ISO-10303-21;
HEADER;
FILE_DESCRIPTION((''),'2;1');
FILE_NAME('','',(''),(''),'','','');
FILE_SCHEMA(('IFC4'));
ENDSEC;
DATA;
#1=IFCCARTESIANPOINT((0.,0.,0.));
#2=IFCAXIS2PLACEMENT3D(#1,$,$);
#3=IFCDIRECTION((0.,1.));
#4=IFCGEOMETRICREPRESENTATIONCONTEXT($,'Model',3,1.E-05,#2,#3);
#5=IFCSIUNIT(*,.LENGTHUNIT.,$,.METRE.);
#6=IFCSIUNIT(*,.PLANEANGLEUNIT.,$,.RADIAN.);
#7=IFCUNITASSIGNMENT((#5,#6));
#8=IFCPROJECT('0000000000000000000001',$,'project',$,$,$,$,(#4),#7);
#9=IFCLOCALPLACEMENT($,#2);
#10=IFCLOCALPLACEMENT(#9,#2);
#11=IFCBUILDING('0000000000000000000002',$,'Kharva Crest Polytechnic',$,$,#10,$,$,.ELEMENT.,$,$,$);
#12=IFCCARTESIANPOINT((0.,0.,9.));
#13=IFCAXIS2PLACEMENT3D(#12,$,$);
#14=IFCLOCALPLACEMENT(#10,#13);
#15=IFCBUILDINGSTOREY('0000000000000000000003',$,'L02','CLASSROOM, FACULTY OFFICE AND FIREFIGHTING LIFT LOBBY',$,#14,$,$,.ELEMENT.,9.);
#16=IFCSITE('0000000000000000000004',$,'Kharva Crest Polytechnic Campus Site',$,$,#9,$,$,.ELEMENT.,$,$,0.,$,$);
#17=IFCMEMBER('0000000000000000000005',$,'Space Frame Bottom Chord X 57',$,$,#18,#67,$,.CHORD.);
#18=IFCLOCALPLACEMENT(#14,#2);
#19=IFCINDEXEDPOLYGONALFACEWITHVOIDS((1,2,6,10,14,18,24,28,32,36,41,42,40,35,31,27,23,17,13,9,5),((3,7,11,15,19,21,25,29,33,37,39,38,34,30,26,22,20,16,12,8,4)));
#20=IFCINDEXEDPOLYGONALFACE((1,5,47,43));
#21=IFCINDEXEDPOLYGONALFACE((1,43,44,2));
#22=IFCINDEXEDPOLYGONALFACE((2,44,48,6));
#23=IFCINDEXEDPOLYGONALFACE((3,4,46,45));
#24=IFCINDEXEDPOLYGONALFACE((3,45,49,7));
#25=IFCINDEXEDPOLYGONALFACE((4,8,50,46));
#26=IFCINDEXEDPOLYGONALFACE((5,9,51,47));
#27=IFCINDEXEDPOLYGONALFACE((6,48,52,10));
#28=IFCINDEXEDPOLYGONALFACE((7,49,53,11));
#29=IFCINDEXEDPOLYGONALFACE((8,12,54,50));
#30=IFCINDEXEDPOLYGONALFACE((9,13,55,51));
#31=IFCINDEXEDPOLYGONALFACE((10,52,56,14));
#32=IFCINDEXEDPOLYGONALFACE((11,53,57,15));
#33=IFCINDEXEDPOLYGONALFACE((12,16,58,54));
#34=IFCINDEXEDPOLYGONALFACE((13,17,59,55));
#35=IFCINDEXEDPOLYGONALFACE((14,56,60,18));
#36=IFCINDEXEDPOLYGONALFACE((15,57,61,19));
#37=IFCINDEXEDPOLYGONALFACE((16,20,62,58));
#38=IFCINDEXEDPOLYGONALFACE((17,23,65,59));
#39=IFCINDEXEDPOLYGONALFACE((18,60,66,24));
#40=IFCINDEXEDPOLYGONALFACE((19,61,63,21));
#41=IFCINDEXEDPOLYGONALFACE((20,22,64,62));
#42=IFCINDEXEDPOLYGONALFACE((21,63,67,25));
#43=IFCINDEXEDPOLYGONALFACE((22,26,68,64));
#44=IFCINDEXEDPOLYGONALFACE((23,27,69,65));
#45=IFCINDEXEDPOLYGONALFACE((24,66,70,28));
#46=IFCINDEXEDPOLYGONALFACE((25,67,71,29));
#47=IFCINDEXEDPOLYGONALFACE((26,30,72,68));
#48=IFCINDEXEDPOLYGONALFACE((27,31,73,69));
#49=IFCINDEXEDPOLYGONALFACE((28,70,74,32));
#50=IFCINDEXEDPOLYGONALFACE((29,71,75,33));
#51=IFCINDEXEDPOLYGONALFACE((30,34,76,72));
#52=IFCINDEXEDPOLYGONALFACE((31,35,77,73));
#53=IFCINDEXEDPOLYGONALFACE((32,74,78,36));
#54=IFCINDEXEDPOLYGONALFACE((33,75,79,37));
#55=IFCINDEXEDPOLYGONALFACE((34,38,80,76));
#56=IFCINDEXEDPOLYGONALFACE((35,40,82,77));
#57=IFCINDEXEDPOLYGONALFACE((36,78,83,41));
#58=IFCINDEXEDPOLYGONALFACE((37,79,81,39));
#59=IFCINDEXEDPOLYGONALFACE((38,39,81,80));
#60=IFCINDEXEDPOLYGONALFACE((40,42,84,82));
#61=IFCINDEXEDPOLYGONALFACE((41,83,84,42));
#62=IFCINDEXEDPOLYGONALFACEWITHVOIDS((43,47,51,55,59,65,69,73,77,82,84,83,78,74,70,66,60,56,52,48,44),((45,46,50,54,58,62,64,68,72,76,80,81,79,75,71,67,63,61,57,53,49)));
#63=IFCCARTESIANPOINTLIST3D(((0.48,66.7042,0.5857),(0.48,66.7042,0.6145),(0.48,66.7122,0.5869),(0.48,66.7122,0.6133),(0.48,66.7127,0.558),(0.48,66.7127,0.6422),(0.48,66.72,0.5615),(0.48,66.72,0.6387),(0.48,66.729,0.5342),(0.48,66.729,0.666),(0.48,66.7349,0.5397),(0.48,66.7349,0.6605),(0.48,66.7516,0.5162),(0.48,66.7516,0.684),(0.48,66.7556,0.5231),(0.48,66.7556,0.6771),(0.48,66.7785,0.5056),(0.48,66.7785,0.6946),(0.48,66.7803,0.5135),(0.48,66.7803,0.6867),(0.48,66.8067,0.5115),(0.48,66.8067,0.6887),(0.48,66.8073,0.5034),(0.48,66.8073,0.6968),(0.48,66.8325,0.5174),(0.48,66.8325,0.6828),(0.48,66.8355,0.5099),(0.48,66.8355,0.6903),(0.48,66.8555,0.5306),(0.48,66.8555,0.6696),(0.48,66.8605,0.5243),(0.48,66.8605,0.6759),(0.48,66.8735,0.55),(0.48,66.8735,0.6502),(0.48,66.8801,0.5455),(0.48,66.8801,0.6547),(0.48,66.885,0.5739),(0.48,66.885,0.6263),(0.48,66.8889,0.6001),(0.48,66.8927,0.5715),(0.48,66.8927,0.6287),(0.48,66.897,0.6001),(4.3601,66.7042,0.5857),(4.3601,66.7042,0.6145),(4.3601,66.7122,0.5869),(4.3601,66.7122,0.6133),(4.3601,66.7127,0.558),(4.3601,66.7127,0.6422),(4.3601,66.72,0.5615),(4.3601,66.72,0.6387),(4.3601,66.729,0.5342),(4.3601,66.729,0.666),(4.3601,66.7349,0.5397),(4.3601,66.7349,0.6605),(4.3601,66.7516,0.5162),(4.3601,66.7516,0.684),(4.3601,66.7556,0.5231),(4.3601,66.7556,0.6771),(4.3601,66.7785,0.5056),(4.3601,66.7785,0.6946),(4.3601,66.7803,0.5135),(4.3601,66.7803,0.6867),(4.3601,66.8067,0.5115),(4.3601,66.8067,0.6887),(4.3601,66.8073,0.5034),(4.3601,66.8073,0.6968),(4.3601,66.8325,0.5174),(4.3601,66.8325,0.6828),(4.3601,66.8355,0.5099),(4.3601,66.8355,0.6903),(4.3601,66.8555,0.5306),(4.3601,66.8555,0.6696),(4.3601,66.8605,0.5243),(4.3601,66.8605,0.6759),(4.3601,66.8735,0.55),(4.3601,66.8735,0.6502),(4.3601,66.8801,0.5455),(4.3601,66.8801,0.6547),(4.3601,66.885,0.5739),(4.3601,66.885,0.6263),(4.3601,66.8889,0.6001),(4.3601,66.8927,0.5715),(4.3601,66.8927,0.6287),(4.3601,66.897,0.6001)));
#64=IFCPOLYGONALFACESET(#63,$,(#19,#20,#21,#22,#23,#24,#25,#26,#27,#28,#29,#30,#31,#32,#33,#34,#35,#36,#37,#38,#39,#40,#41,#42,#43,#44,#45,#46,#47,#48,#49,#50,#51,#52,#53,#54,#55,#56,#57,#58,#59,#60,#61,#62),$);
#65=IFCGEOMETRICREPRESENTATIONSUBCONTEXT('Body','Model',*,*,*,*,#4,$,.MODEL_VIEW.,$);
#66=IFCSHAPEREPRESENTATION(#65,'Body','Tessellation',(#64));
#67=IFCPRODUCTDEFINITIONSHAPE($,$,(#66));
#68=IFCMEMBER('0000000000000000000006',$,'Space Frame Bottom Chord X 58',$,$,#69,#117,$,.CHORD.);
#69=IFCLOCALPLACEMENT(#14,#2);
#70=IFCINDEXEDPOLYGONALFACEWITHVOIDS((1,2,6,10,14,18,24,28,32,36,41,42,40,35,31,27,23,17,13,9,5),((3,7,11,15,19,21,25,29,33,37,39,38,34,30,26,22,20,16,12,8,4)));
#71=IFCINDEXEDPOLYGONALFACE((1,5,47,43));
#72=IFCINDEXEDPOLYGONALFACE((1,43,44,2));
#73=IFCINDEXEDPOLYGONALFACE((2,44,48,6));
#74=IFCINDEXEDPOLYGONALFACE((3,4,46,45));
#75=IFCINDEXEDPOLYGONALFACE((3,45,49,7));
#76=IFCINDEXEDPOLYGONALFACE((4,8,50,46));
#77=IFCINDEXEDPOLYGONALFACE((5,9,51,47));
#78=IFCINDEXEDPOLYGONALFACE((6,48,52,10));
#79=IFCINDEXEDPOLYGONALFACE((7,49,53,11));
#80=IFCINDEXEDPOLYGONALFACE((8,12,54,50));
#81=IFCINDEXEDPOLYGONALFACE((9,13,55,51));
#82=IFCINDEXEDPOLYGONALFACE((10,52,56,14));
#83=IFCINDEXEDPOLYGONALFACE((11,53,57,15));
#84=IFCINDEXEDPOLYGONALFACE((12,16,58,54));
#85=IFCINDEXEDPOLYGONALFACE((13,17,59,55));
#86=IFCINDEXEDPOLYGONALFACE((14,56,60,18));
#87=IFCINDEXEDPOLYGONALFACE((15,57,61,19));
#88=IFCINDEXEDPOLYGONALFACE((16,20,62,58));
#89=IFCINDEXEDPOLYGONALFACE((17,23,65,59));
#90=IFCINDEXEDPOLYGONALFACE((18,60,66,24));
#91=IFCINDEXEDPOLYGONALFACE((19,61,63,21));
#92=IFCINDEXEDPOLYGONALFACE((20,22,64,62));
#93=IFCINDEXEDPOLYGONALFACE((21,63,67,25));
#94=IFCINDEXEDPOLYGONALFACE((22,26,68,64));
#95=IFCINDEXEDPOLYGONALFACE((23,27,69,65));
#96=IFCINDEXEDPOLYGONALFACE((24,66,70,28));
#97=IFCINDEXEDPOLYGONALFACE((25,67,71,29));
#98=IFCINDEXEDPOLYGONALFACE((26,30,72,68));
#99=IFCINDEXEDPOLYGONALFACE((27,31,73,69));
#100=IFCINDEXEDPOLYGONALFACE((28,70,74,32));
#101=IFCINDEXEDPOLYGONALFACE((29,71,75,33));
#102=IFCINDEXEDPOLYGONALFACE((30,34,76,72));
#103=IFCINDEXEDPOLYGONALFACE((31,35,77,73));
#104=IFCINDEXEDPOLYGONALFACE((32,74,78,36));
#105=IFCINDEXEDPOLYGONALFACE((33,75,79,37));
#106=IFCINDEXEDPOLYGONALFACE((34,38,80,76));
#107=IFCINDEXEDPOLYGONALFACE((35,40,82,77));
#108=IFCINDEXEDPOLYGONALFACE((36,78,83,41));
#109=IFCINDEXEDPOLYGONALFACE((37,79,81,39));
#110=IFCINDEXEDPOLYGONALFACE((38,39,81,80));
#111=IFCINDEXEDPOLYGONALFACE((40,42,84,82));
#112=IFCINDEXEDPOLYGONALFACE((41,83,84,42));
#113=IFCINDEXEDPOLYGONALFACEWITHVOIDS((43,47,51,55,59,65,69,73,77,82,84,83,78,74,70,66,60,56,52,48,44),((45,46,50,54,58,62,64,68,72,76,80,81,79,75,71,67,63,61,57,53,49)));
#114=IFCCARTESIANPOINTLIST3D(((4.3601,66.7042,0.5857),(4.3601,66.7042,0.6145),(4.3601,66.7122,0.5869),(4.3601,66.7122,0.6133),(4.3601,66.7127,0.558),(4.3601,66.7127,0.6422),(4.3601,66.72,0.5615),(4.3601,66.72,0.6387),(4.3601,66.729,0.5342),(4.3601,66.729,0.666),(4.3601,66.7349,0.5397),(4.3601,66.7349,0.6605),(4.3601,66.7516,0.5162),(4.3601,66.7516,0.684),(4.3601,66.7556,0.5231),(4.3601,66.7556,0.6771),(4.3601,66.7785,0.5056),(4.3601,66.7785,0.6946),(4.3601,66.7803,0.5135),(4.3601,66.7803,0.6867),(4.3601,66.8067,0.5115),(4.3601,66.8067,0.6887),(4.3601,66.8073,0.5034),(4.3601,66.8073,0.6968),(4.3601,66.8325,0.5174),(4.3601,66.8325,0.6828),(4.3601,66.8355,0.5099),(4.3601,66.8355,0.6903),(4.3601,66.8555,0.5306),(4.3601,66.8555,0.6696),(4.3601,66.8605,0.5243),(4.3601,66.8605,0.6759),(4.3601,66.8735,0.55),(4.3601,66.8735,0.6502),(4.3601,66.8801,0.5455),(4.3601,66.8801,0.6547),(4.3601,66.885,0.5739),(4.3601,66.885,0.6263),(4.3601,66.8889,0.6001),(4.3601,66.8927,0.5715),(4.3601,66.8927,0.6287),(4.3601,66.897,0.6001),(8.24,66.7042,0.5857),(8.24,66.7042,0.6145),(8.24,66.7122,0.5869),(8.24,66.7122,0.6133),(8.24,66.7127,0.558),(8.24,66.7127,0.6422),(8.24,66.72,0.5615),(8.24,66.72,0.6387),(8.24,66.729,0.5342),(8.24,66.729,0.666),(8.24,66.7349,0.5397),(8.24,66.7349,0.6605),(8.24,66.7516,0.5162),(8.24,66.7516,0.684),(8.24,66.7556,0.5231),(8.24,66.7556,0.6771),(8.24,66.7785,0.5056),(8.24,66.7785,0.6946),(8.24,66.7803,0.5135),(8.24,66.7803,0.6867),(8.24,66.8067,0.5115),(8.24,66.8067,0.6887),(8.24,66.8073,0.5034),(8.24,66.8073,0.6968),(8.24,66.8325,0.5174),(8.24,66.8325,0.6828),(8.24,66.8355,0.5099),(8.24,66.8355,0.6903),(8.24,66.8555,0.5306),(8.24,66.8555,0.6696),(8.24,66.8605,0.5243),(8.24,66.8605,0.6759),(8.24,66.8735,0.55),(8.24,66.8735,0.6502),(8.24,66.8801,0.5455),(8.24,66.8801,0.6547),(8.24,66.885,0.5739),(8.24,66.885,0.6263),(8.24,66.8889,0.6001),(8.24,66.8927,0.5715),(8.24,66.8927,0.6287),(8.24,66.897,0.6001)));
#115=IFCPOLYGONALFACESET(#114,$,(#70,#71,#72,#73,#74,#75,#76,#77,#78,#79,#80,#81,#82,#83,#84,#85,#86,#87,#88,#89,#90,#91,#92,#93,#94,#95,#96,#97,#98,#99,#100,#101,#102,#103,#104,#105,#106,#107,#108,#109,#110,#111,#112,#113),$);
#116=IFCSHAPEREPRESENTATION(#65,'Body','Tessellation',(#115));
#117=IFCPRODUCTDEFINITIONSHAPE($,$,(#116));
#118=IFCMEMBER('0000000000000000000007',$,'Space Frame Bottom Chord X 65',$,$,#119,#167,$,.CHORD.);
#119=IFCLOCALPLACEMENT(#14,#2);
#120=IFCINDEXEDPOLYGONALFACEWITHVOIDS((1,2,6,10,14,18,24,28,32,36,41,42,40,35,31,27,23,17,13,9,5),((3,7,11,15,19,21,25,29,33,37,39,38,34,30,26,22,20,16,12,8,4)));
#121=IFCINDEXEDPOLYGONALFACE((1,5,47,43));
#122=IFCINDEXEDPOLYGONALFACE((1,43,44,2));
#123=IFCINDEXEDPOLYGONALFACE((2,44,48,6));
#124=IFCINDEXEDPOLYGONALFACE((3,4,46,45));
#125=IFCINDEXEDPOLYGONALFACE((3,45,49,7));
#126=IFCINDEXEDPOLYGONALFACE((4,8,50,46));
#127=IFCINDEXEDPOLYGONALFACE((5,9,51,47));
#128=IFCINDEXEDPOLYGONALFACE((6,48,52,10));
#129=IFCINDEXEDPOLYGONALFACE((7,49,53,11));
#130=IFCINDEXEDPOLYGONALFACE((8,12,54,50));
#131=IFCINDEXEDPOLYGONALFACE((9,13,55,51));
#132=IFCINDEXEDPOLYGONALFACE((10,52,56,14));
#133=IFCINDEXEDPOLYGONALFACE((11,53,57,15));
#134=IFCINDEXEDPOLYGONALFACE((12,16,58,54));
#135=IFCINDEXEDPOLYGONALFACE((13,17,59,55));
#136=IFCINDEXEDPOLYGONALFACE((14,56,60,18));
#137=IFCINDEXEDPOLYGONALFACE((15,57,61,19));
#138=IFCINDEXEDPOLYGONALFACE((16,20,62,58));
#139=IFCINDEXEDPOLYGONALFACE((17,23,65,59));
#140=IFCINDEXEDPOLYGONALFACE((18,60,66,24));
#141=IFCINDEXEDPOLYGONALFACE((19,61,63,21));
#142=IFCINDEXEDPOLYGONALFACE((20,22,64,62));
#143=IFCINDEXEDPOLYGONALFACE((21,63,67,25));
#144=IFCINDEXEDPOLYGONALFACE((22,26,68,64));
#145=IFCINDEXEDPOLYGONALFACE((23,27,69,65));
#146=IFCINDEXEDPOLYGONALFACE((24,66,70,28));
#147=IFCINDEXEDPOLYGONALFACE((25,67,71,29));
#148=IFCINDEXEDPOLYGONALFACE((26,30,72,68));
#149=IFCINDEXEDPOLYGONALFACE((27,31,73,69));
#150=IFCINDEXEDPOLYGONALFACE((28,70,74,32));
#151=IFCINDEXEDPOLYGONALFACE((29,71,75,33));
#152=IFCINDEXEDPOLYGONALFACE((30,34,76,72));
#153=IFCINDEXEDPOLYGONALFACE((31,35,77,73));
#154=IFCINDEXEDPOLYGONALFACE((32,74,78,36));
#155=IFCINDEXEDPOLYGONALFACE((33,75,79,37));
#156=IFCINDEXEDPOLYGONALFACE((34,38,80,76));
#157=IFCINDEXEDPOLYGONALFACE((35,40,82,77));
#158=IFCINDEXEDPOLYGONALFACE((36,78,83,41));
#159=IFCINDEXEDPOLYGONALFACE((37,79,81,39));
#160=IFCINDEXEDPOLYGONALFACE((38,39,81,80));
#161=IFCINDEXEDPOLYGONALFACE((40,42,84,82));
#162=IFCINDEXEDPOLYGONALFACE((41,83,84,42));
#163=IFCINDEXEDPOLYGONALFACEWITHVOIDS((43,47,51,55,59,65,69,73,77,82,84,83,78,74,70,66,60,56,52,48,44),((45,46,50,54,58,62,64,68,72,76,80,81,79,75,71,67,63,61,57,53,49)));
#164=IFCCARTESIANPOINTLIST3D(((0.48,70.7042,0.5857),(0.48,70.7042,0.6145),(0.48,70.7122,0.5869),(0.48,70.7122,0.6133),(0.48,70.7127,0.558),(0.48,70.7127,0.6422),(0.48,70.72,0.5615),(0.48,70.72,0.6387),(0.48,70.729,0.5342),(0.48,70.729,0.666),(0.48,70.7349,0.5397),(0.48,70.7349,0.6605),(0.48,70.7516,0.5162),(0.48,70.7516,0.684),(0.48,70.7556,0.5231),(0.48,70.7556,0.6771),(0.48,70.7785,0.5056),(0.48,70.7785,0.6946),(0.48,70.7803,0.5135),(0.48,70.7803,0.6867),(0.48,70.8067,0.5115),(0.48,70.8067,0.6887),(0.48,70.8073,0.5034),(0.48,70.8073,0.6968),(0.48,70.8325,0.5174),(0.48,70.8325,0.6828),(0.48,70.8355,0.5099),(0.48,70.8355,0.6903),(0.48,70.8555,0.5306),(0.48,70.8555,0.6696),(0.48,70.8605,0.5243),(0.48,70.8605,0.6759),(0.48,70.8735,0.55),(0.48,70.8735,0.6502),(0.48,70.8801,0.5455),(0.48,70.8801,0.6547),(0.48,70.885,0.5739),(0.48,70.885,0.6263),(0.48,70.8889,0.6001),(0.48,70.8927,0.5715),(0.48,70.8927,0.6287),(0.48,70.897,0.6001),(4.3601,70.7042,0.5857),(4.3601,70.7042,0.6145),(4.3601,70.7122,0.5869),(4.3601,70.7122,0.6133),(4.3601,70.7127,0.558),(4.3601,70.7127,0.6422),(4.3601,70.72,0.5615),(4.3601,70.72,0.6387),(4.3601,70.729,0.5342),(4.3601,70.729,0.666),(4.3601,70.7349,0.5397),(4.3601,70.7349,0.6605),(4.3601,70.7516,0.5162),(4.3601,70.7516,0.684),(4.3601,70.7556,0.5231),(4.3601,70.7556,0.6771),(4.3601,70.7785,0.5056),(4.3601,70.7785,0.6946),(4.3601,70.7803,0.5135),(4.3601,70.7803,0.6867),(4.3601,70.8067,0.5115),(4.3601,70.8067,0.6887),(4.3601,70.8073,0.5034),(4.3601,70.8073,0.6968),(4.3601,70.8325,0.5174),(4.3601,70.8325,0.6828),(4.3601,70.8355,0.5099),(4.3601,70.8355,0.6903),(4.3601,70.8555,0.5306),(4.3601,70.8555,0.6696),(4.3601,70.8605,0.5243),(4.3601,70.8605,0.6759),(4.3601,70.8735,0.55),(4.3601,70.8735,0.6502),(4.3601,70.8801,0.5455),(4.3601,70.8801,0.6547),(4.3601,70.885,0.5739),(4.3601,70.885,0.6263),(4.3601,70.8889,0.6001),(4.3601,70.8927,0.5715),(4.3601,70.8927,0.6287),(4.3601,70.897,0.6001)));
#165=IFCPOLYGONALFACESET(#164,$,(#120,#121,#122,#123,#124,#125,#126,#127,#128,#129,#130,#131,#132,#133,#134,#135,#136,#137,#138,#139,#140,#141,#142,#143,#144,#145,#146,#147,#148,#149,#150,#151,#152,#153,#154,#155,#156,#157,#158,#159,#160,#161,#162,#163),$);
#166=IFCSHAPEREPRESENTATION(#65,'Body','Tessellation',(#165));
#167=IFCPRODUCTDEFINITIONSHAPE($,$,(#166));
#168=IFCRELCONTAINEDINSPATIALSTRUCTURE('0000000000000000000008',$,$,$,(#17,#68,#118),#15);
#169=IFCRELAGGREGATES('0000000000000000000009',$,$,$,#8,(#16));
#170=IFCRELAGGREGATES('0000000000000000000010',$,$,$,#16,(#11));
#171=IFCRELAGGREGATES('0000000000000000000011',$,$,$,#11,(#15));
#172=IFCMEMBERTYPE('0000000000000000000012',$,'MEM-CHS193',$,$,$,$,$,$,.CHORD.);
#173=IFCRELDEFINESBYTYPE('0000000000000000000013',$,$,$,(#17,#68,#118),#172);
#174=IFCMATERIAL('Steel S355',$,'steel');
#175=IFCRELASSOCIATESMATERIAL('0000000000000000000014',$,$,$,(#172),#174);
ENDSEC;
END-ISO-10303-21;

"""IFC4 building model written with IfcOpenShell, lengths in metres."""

from ifc_helpers import new_model, si_unit, direction, frame, origin, origin_2d, place, context, subcontext, project, spatial, hollow_circle, extrude, material, material_profile, profile_set, type_object, element, save


model = new_model("IFC4")

# Units and contexts
model_context = context("Model", 3, precision=1e-05, world=origin(), true_north=direction((0.0, 1.0)))
body_context = subcontext(model_context, "Body", "Model", "MODEL_VIEW")
ifc_project = project(units=[si_unit("LENGTHUNIT", "METRE"), si_unit("PLANEANGLEUNIT", "RADIAN")], contexts=[model_context])

# Site, building, storey
site_placement = place(None, origin())
site = spatial("IfcSite", under=ifc_project, at=site_placement, Name="Kharva Crest Polytechnic Campus Site", CompositionType="ELEMENT", RefElevation=0.0)
building_placement = place(site_placement, origin())
building = spatial("IfcBuilding", under=site, at=building_placement, Name="Kharva Crest Polytechnic", CompositionType="ELEMENT")
storey_placement = place(building_placement, frame((0.0, 0.0, 9.0)))
storey = spatial("IfcBuildingStorey", under=building, at=storey_placement, Name="L02", Description="CLASSROOM, FACULTY OFFICE AND FIREFIGHTING LIFT LOBBY", CompositionType="ELEMENT", Elevation=9.0)

# Shared definitions
ifc_material_1 = material(Name="Steel S355", Category="steel")

# Members
ifc_material_profile_1 = material_profile(ifc_material_1, hollow_circle(Radius=0.0969, WallThickness=0.0081, at=origin_2d()), Name="CHS 193.7X8.0")
ifc_profile_set_1 = profile_set([ifc_material_profile_1], Name="Steel S355")
member_type_1 = type_object("IfcMemberType", Name="MEM-CHS193", PredefinedType="CHORD", material=ifc_profile_set_1)
member_1_placement = place(storey_placement, frame((0.48, 66.8, 0.6001), z_axis=(1.0, 0.0, 0.0), x_axis=(0.0, 1.0, 0.0)))
element("IfcMember", 1, at=member_1_placement, inside=storey, type_object=member_type_1, Name="Space Frame Bottom Chord X 57", PredefinedType="CHORD", context=body_context, shape_type="SweptSolid", body=[
    extrude(hollow_circle(Radius=0.0969, WallThickness=0.0081, at=origin_2d()), origin(), (0.0, 0.0, 1.0), 3.8801),
])
member_2_placement = place(storey_placement, frame((4.3601, 66.8, 0.6001), z_axis=(1.0, 0.0, 0.0), x_axis=(0.0, 1.0, 0.0)))
element("IfcMember", 2, at=member_2_placement, inside=storey, type_object=member_type_1, Name="Space Frame Bottom Chord X 58", PredefinedType="CHORD", context=body_context, shape_type="SweptSolid", body=[
    extrude(hollow_circle(Radius=0.0969, WallThickness=0.0081, at=origin_2d()), origin(), (0.0, 0.0, 1.0), 3.8799),
])
member_3_placement = place(storey_placement, frame((0.48, 70.8, 0.6001), z_axis=(1.0, 0.0, 0.0), x_axis=(0.0, 1.0, 0.0)))
element("IfcMember", 3, at=member_3_placement, inside=storey, type_object=member_type_1, Name="Space Frame Bottom Chord X 65", PredefinedType="CHORD", context=body_context, shape_type="SweptSolid", body=[
    extrude(hollow_circle(Radius=0.0969, WallThickness=0.0081, at=origin_2d()), origin(), (0.0, 0.0, 1.0), 3.8801),
])

save(model, "model.ifc")
